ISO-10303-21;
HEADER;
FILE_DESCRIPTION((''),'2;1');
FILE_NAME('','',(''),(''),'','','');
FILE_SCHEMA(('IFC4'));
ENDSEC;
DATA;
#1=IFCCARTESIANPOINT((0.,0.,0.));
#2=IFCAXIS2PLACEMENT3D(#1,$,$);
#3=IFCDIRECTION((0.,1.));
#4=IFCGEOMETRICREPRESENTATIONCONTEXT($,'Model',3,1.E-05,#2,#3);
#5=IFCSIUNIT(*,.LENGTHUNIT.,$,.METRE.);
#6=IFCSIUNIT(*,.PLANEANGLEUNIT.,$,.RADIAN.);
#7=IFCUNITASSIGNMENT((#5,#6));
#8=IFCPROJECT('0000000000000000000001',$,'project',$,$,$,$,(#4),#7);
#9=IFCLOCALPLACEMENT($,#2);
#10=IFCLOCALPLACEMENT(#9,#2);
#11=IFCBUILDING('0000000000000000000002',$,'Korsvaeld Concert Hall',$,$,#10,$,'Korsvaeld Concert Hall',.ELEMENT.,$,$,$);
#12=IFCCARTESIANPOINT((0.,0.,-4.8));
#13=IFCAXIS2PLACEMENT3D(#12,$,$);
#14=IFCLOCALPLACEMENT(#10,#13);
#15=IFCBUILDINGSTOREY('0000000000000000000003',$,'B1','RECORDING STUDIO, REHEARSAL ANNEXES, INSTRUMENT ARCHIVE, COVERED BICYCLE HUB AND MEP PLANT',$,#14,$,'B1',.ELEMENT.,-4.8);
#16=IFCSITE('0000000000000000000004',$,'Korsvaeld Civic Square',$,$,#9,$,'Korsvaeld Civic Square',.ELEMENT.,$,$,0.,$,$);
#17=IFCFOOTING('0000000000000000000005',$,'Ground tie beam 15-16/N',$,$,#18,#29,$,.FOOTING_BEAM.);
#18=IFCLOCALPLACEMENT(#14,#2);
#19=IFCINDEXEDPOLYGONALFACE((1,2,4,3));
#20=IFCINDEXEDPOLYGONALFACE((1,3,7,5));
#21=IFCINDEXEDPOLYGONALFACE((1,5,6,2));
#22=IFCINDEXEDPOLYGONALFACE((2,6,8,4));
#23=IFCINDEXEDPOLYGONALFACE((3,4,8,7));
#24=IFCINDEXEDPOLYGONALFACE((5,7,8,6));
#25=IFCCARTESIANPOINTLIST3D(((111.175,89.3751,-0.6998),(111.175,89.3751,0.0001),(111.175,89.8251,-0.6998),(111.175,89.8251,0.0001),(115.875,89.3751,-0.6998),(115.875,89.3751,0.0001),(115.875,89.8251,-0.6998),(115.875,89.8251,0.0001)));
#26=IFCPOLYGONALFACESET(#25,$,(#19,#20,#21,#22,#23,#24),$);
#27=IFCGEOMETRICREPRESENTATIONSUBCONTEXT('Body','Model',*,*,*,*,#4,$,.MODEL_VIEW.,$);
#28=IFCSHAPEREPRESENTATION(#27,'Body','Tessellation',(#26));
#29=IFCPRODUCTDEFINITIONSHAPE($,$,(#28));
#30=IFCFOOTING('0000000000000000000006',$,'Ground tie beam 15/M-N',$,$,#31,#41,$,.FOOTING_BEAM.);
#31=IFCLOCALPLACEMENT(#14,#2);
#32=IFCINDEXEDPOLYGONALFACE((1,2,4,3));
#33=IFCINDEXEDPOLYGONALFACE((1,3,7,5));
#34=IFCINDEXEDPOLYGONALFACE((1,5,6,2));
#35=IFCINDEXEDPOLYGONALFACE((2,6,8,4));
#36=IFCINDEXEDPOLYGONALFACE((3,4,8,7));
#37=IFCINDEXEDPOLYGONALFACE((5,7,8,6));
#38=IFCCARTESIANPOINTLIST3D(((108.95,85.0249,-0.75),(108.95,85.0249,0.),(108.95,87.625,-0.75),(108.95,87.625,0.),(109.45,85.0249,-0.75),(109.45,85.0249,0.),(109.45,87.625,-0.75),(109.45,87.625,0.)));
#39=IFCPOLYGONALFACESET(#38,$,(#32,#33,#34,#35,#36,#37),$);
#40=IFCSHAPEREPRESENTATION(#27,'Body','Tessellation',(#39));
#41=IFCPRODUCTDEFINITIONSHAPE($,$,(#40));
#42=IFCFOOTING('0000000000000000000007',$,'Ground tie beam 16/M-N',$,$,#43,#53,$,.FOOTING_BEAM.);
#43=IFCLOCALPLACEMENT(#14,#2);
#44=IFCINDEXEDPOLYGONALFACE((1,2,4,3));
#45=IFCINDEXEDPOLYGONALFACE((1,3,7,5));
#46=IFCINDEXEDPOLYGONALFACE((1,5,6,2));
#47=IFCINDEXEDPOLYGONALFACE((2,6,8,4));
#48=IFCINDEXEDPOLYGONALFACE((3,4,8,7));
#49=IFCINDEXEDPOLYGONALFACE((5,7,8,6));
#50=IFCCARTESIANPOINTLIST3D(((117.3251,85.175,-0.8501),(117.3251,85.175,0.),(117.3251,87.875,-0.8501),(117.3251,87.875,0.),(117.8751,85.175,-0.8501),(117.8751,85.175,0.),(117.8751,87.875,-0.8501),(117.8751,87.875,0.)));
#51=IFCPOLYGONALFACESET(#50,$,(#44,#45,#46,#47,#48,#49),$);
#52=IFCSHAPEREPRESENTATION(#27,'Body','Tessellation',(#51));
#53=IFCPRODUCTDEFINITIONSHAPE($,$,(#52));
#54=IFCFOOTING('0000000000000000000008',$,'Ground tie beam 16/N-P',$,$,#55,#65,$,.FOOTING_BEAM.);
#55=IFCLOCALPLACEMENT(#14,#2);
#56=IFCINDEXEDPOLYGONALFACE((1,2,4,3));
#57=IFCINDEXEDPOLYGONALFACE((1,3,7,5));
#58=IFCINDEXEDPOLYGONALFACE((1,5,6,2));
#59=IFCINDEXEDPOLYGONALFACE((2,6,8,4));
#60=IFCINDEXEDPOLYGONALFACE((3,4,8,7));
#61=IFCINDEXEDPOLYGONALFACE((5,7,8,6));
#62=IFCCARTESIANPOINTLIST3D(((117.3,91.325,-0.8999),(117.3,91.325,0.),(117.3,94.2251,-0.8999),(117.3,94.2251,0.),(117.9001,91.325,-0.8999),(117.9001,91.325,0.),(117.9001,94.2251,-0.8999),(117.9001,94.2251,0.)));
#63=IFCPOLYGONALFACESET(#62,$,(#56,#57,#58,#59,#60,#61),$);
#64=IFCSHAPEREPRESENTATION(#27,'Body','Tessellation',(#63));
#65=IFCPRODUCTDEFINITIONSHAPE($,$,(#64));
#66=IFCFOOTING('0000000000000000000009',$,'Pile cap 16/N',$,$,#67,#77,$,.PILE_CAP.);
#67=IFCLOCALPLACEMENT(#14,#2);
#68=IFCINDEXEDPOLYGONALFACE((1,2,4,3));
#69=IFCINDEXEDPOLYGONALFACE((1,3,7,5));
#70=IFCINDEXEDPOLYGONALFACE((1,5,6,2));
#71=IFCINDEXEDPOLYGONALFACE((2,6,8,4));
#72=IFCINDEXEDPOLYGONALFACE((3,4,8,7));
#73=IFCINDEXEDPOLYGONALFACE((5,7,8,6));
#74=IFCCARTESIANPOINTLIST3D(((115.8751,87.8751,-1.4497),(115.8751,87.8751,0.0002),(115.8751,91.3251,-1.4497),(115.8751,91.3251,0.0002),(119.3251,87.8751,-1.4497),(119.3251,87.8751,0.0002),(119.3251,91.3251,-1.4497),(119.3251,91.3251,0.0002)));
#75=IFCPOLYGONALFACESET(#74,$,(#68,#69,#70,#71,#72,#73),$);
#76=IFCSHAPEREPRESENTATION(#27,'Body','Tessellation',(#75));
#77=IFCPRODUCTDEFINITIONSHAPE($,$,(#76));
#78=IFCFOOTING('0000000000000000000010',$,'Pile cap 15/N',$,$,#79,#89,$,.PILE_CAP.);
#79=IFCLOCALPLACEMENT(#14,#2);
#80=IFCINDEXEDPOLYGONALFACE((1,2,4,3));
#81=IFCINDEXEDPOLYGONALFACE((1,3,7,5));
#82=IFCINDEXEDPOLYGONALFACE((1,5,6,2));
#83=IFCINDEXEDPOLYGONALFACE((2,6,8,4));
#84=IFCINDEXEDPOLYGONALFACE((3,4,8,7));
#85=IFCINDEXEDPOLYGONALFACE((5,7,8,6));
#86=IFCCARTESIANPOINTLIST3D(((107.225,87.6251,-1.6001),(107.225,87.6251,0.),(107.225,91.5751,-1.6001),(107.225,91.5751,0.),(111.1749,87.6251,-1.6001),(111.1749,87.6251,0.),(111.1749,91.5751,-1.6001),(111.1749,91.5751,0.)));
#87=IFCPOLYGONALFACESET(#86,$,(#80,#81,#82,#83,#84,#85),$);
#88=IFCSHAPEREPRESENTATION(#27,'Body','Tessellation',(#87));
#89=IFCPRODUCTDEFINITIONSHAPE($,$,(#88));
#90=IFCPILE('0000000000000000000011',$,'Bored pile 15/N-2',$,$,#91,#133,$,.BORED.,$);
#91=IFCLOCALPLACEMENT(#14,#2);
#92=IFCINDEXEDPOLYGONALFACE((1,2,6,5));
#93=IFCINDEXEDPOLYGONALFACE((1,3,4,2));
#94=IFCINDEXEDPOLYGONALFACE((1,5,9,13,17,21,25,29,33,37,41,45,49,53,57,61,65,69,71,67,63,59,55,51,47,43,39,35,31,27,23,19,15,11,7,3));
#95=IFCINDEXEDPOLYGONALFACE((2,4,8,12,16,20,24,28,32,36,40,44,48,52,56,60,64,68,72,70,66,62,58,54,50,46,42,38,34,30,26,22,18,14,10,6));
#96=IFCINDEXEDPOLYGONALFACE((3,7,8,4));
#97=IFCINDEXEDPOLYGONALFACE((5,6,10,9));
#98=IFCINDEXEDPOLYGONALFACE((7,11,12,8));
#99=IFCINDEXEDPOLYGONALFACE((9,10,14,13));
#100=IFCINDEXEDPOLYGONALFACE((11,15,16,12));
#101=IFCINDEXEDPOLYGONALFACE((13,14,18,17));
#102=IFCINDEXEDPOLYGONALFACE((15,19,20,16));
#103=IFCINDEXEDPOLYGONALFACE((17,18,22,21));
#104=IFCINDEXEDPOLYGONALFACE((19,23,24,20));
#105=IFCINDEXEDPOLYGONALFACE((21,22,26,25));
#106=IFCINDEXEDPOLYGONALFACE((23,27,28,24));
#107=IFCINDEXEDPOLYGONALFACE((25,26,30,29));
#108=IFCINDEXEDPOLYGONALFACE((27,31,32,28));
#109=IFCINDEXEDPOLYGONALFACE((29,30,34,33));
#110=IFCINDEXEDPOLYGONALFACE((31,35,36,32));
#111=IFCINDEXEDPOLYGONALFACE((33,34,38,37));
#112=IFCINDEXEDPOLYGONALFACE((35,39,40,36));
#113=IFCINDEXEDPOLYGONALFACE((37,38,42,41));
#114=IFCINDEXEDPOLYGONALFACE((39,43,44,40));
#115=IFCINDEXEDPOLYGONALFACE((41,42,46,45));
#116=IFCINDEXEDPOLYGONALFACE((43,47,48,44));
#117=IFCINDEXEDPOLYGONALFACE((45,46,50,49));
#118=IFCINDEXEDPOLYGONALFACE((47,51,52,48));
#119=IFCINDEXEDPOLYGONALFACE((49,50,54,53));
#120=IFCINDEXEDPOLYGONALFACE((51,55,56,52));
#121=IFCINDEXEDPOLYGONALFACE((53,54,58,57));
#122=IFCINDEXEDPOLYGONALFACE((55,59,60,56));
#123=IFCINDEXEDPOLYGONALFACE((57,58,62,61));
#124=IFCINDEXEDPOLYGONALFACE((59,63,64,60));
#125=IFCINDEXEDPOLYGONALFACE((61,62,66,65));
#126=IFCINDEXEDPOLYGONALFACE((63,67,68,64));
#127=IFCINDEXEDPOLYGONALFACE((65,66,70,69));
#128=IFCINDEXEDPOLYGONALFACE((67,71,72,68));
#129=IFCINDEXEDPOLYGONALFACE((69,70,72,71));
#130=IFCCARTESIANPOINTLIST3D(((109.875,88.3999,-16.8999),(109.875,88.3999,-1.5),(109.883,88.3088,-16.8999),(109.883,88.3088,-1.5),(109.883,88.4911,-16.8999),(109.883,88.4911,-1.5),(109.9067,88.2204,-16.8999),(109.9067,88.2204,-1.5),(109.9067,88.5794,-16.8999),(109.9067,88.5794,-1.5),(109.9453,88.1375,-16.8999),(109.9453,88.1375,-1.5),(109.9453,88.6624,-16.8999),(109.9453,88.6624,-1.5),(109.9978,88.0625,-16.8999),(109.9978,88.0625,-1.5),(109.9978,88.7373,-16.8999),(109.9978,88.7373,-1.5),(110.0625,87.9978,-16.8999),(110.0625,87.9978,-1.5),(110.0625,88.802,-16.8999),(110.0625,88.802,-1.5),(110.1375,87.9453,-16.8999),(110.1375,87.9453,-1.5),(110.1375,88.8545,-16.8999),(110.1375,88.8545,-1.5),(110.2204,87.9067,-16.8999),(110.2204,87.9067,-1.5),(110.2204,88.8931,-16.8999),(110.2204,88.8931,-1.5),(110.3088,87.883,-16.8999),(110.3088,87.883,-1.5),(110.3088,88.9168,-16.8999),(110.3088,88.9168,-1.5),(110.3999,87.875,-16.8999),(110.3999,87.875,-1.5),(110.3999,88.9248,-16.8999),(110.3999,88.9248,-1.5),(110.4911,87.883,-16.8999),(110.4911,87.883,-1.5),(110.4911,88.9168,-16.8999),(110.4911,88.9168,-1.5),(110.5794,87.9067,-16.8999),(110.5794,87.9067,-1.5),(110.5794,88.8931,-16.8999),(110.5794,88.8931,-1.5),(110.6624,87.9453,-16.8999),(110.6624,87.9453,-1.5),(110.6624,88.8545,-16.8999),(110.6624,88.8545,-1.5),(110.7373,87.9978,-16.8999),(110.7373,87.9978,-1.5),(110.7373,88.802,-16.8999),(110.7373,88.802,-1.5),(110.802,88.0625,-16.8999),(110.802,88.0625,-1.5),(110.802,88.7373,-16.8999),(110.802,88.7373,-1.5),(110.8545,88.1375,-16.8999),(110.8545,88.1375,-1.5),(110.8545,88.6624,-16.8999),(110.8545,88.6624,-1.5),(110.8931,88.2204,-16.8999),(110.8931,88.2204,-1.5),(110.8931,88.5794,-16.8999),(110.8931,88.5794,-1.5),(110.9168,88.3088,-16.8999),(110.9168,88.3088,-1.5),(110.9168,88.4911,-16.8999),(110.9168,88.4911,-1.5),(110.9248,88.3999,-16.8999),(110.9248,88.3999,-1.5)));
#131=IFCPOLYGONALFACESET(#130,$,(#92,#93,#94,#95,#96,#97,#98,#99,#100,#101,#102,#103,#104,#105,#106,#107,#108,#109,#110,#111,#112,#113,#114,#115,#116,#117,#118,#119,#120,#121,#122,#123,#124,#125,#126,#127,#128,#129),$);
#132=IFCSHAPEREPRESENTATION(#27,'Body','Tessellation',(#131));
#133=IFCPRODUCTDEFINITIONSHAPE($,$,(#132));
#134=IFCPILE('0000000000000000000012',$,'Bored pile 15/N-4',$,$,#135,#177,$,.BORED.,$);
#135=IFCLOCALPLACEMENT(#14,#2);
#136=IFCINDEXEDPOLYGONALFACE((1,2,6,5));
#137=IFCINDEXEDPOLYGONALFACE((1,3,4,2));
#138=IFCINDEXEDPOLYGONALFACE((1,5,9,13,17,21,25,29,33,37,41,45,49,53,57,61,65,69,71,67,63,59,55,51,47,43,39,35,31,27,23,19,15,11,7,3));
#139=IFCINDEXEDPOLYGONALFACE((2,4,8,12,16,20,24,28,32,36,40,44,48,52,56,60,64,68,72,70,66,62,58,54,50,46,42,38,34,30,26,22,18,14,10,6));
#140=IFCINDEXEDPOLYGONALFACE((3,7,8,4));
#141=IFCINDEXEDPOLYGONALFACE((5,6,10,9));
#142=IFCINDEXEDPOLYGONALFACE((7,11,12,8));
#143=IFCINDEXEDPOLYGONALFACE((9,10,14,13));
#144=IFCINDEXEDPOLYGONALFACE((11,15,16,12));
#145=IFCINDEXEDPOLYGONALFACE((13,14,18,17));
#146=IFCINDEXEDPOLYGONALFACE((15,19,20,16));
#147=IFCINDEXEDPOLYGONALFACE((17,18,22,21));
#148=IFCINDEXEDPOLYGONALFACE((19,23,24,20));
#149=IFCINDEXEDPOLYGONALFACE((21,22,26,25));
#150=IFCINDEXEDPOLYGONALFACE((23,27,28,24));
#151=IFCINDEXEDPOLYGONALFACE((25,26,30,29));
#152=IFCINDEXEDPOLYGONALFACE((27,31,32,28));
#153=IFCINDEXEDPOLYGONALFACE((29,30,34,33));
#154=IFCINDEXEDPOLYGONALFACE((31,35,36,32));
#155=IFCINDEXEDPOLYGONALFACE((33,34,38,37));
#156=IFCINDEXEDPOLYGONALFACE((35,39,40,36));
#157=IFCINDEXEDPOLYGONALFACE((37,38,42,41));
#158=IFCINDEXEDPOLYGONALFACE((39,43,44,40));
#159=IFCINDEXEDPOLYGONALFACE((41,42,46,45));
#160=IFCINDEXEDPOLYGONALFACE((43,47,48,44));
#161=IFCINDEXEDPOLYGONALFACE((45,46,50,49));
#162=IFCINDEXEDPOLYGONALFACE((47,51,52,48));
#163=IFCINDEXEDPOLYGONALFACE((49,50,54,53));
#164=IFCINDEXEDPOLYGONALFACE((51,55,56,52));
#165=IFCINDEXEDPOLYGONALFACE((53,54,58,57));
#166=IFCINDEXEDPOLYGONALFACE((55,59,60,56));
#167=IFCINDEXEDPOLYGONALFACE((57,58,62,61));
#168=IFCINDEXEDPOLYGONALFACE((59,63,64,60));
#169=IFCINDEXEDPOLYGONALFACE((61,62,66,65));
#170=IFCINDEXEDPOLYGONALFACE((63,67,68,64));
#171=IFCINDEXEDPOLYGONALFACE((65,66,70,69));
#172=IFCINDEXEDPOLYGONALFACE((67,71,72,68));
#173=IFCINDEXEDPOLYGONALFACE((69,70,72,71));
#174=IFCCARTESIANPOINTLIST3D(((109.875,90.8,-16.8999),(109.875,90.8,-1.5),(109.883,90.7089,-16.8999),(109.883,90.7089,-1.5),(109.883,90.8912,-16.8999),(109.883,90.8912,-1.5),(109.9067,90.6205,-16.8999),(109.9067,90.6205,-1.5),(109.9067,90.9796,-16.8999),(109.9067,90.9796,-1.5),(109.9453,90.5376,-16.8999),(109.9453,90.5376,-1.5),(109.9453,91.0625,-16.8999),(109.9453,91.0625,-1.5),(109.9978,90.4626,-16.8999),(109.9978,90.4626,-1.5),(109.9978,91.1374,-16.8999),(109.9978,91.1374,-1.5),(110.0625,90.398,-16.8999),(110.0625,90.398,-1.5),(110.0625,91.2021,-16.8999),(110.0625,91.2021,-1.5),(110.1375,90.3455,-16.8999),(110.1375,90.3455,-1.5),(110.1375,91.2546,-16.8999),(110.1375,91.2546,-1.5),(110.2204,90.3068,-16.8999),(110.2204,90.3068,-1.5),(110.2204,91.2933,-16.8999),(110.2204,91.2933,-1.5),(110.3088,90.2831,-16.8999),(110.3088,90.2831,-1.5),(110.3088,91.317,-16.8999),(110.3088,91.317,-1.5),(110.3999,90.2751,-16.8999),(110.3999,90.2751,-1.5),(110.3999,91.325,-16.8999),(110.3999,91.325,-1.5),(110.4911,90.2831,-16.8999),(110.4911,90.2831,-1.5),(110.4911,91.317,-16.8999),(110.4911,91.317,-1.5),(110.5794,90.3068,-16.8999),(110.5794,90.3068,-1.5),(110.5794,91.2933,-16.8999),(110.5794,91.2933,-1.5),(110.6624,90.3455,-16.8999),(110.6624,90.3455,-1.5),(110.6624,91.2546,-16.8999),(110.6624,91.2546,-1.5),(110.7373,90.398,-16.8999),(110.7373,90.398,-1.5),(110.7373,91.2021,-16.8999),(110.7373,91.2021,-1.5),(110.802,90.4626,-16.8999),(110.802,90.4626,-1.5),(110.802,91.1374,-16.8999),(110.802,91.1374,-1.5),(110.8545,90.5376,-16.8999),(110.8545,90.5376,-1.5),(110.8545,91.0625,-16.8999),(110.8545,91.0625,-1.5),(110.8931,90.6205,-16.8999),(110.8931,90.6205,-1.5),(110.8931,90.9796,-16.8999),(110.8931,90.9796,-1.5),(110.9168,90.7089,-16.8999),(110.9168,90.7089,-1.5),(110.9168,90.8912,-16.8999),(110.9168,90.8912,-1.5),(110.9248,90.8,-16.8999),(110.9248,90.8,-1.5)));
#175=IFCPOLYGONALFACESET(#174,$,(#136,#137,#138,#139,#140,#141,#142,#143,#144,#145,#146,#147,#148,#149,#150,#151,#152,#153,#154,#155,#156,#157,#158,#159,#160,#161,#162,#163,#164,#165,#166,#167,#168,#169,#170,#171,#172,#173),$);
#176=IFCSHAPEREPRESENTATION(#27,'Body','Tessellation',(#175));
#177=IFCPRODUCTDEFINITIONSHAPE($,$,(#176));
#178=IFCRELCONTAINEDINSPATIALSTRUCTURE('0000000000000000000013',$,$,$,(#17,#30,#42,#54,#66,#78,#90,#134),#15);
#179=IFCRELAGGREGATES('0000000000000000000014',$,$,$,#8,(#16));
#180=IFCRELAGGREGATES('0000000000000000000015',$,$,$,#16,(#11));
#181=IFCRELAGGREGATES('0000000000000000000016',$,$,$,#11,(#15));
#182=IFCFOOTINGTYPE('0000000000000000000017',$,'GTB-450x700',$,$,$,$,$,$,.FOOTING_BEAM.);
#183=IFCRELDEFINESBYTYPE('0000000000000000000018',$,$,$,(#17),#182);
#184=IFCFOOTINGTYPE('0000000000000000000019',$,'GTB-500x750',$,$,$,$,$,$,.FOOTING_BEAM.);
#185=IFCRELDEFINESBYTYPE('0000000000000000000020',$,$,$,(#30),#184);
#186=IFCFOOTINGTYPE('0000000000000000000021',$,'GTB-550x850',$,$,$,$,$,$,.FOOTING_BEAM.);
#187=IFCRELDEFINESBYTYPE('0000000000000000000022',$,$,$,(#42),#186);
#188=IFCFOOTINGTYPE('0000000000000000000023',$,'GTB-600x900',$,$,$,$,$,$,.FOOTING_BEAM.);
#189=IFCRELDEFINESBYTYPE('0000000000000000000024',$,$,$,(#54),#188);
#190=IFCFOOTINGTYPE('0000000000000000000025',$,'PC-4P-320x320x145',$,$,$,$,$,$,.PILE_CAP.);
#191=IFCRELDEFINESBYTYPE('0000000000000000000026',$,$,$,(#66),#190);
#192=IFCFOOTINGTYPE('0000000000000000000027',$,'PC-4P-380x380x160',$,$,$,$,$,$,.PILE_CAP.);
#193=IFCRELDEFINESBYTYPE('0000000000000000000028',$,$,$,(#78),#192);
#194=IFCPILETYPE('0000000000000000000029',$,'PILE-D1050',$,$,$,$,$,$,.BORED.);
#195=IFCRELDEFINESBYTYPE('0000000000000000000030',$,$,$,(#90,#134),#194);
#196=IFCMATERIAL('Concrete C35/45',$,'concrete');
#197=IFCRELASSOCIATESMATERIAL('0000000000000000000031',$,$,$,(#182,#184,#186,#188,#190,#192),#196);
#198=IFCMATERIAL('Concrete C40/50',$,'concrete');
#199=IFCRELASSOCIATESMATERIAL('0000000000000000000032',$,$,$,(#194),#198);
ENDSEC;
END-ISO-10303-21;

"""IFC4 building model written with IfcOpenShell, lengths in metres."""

from ifc_helpers import new_model, si_unit, direction, frame, origin, origin_2d, place, context, subcontext, project, spatial, rectangle, circle, extrude, material, material_profile, profile_set, type_object, element, save


model = new_model("IFC4")

# Units and contexts
model_context = context("Model", 3, precision=1e-05, world=origin(), true_north=direction((0.0, 1.0)))
body_context = subcontext(model_context, "Body", "Model", "MODEL_VIEW")
ifc_project = project(units=[si_unit("LENGTHUNIT", "METRE"), si_unit("PLANEANGLEUNIT", "RADIAN")], contexts=[model_context])

# Site, building, storey
site_placement = place(None, origin())
site = spatial("IfcSite", under=ifc_project, at=site_placement, Name="Korsvaeld Civic Square", LongName="Korsvaeld Civic Square", CompositionType="ELEMENT", RefElevation=0.0)
building_placement = place(site_placement, origin())
building = spatial("IfcBuilding", under=site, at=building_placement, Name="Korsvaeld Concert Hall", LongName="Korsvaeld Concert Hall", CompositionType="ELEMENT")
storey_placement = place(building_placement, frame((0.0, 0.0, -4.8)))
storey = spatial("IfcBuildingStorey", under=building, at=storey_placement, Name="B1", Description="RECORDING STUDIO, REHEARSAL ANNEXES, INSTRUMENT ARCHIVE, COVERED BICYCLE HUB AND MEP PLANT", LongName="B1", CompositionType="ELEMENT", Elevation=-4.8)

# Footings
ifc_material_1 = material(Name="Concrete C35/45", Category="concrete")
ifc_material_profile_1 = material_profile(ifc_material_1, rectangle(XDim=0.45, YDim=0.7, at=origin_2d()), Name="GTB 450x700")
ifc_profile_set_1 = profile_set([ifc_material_profile_1], Name="Concrete C35/45")
footing_type_1 = type_object("IfcFootingType", Name="GTB-450x700", PredefinedType="FOOTING_BEAM", material=ifc_profile_set_1)
footing_1_placement = place(storey_placement, frame((111.175, 89.6001, -0.3499), z_axis=(1.0, 0.0, 0.0), x_axis=(0.0, 1.0, 0.0)))
element("IfcFooting", 1, at=footing_1_placement, inside=storey, type_object=footing_type_1, Name="Ground tie beam 15-16/N", PredefinedType="FOOTING_BEAM", context=body_context, shape_type="SweptSolid", body=[
    extrude(rectangle(XDim=0.45, YDim=0.7, at=origin_2d()), origin(), (0.0, 0.0, 1.0), 4.7),
])
ifc_material_profile_2 = material_profile(ifc_material_1, rectangle(XDim=0.5, YDim=0.75, at=origin_2d()), Name="GTB 500x750")
ifc_profile_set_2 = profile_set([ifc_material_profile_2], Name="Concrete C35/45")
footing_type_2 = type_object("IfcFootingType", Name="GTB-500x750", PredefinedType="FOOTING_BEAM", material=ifc_profile_set_2)
footing_2_placement = place(storey_placement, frame((109.2, 85.0249, -0.375), z_axis=(0.0, 1.0, 0.0), x_axis=(-1.0, 0.0, 0.0)))
element("IfcFooting", 2, at=footing_2_placement, inside=storey, type_object=footing_type_2, Name="Ground tie beam 15/M-N", PredefinedType="FOOTING_BEAM", context=body_context, shape_type="SweptSolid", body=[
    extrude(rectangle(XDim=0.5, YDim=0.75, at=origin_2d()), origin(), (0.0, 0.0, 1.0), 2.6001),
])
ifc_material_profile_3 = material_profile(ifc_material_1, rectangle(XDim=0.55, YDim=0.8501, at=origin_2d()), Name="GTB 550x850")
ifc_profile_set_3 = profile_set([ifc_material_profile_3], Name="Concrete C35/45")
footing_type_3 = type_object("IfcFootingType", Name="GTB-550x850", PredefinedType="FOOTING_BEAM", material=ifc_profile_set_3)
footing_3_placement = place(storey_placement, frame((117.6001, 85.175, -0.425), z_axis=(0.0, 1.0, 0.0), x_axis=(-1.0, 0.0, 0.0)))
element("IfcFooting", 3, at=footing_3_placement, inside=storey, type_object=footing_type_3, Name="Ground tie beam 16/M-N", PredefinedType="FOOTING_BEAM", context=body_context, shape_type="SweptSolid", body=[
    extrude(rectangle(XDim=0.55, YDim=0.8501, at=origin_2d()), origin(), (0.0, 0.0, 1.0), 2.7),
])
ifc_material_profile_4 = material_profile(ifc_material_1, rectangle(XDim=0.6001, YDim=0.8999, at=origin_2d()), Name="GTB 600x900")
ifc_profile_set_4 = profile_set([ifc_material_profile_4], Name="Concrete C35/45")
footing_type_4 = type_object("IfcFootingType", Name="GTB-600x900", PredefinedType="FOOTING_BEAM", material=ifc_profile_set_4)
footing_4_placement = place(storey_placement, frame((117.6001, 91.325, -0.45), z_axis=(0.0, 1.0, 0.0), x_axis=(-1.0, 0.0, 0.0)))
element("IfcFooting", 4, at=footing_4_placement, inside=storey, type_object=footing_type_4, Name="Ground tie beam 16/N-P", PredefinedType="FOOTING_BEAM", context=body_context, shape_type="SweptSolid", body=[
    extrude(rectangle(XDim=0.6001, YDim=0.8999, at=origin_2d()), origin(), (0.0, 0.0, 1.0), 2.9001),
])
footing_type_5 = type_object("IfcFootingType", Name="PC-4P-320x320x145", PredefinedType="PILE_CAP", material=ifc_material_1)
footing_5_placement = place(storey_placement, frame((117.6001, 89.6001, -1.4497), z_axis=(0.0, 0.0, 1.0), x_axis=(1.0, 0.0, 0.0)))
element("IfcFooting", 5, at=footing_5_placement, inside=storey, type_object=footing_type_5, Name="Pile cap 16/N", PredefinedType="PILE_CAP", context=body_context, shape_type="SweptSolid", body=[
    extrude(rectangle(XDim=3.45, YDim=3.45, at=origin_2d()), origin(), (0.0, 0.0, 1.0), 1.45),
])
footing_type_6 = type_object("IfcFootingType", Name="PC-4P-380x380x160", PredefinedType="PILE_CAP", material=ifc_material_1)
footing_6_placement = place(storey_placement, frame((109.2, 89.6001, -1.6001), z_axis=(0.0, 0.0, 1.0), x_axis=(1.0, 0.0, 0.0)))
element("IfcFooting", 6, at=footing_6_placement, inside=storey, type_object=footing_type_6, Name="Pile cap 15/N", PredefinedType="PILE_CAP", context=body_context, shape_type="SweptSolid", body=[
    extrude(rectangle(XDim=3.95, YDim=3.95, at=origin_2d()), origin(), (0.0, 0.0, 1.0), 1.6001),
])

# Piles
ifc_material_2 = material(Name="Concrete C40/50", Category="concrete")
ifc_material_profile_5 = material_profile(ifc_material_2, circle(Radius=0.5249, at=origin_2d()), Name="BORED PILE D1050")
ifc_profile_set_5 = profile_set([ifc_material_profile_5], Name="Concrete C40/50")
pile_type_1 = type_object("IfcPileType", Name="PILE-D1050", PredefinedType="BORED", material=ifc_profile_set_5)
for number, where, z_axis, x_axis, name in (
    (7, (110.3999, 88.3999, -1.5), (0.0, 0.0, -1.0), (1.0, 0.0, 0.0), "Bored pile 15/N-2"),
    (8, (110.3999, 90.8, -1.5), (0.0, 0.0, -1.0), (1.0, 0.0, 0.0), "Bored pile 15/N-4"),
):
    element("IfcPile", number, at=place(storey_placement, frame(where, z_axis=z_axis, x_axis=x_axis)), inside=storey, type_object=pile_type_1, Name=name, PredefinedType="BORED", context=body_context, shape_type="SweptSolid", body=[
        extrude(circle(Radius=0.5249, at=origin_2d()), origin(), (0.0, 0.0, 1.0), 15.3999),
    ])

save(model, "model.ifc")
